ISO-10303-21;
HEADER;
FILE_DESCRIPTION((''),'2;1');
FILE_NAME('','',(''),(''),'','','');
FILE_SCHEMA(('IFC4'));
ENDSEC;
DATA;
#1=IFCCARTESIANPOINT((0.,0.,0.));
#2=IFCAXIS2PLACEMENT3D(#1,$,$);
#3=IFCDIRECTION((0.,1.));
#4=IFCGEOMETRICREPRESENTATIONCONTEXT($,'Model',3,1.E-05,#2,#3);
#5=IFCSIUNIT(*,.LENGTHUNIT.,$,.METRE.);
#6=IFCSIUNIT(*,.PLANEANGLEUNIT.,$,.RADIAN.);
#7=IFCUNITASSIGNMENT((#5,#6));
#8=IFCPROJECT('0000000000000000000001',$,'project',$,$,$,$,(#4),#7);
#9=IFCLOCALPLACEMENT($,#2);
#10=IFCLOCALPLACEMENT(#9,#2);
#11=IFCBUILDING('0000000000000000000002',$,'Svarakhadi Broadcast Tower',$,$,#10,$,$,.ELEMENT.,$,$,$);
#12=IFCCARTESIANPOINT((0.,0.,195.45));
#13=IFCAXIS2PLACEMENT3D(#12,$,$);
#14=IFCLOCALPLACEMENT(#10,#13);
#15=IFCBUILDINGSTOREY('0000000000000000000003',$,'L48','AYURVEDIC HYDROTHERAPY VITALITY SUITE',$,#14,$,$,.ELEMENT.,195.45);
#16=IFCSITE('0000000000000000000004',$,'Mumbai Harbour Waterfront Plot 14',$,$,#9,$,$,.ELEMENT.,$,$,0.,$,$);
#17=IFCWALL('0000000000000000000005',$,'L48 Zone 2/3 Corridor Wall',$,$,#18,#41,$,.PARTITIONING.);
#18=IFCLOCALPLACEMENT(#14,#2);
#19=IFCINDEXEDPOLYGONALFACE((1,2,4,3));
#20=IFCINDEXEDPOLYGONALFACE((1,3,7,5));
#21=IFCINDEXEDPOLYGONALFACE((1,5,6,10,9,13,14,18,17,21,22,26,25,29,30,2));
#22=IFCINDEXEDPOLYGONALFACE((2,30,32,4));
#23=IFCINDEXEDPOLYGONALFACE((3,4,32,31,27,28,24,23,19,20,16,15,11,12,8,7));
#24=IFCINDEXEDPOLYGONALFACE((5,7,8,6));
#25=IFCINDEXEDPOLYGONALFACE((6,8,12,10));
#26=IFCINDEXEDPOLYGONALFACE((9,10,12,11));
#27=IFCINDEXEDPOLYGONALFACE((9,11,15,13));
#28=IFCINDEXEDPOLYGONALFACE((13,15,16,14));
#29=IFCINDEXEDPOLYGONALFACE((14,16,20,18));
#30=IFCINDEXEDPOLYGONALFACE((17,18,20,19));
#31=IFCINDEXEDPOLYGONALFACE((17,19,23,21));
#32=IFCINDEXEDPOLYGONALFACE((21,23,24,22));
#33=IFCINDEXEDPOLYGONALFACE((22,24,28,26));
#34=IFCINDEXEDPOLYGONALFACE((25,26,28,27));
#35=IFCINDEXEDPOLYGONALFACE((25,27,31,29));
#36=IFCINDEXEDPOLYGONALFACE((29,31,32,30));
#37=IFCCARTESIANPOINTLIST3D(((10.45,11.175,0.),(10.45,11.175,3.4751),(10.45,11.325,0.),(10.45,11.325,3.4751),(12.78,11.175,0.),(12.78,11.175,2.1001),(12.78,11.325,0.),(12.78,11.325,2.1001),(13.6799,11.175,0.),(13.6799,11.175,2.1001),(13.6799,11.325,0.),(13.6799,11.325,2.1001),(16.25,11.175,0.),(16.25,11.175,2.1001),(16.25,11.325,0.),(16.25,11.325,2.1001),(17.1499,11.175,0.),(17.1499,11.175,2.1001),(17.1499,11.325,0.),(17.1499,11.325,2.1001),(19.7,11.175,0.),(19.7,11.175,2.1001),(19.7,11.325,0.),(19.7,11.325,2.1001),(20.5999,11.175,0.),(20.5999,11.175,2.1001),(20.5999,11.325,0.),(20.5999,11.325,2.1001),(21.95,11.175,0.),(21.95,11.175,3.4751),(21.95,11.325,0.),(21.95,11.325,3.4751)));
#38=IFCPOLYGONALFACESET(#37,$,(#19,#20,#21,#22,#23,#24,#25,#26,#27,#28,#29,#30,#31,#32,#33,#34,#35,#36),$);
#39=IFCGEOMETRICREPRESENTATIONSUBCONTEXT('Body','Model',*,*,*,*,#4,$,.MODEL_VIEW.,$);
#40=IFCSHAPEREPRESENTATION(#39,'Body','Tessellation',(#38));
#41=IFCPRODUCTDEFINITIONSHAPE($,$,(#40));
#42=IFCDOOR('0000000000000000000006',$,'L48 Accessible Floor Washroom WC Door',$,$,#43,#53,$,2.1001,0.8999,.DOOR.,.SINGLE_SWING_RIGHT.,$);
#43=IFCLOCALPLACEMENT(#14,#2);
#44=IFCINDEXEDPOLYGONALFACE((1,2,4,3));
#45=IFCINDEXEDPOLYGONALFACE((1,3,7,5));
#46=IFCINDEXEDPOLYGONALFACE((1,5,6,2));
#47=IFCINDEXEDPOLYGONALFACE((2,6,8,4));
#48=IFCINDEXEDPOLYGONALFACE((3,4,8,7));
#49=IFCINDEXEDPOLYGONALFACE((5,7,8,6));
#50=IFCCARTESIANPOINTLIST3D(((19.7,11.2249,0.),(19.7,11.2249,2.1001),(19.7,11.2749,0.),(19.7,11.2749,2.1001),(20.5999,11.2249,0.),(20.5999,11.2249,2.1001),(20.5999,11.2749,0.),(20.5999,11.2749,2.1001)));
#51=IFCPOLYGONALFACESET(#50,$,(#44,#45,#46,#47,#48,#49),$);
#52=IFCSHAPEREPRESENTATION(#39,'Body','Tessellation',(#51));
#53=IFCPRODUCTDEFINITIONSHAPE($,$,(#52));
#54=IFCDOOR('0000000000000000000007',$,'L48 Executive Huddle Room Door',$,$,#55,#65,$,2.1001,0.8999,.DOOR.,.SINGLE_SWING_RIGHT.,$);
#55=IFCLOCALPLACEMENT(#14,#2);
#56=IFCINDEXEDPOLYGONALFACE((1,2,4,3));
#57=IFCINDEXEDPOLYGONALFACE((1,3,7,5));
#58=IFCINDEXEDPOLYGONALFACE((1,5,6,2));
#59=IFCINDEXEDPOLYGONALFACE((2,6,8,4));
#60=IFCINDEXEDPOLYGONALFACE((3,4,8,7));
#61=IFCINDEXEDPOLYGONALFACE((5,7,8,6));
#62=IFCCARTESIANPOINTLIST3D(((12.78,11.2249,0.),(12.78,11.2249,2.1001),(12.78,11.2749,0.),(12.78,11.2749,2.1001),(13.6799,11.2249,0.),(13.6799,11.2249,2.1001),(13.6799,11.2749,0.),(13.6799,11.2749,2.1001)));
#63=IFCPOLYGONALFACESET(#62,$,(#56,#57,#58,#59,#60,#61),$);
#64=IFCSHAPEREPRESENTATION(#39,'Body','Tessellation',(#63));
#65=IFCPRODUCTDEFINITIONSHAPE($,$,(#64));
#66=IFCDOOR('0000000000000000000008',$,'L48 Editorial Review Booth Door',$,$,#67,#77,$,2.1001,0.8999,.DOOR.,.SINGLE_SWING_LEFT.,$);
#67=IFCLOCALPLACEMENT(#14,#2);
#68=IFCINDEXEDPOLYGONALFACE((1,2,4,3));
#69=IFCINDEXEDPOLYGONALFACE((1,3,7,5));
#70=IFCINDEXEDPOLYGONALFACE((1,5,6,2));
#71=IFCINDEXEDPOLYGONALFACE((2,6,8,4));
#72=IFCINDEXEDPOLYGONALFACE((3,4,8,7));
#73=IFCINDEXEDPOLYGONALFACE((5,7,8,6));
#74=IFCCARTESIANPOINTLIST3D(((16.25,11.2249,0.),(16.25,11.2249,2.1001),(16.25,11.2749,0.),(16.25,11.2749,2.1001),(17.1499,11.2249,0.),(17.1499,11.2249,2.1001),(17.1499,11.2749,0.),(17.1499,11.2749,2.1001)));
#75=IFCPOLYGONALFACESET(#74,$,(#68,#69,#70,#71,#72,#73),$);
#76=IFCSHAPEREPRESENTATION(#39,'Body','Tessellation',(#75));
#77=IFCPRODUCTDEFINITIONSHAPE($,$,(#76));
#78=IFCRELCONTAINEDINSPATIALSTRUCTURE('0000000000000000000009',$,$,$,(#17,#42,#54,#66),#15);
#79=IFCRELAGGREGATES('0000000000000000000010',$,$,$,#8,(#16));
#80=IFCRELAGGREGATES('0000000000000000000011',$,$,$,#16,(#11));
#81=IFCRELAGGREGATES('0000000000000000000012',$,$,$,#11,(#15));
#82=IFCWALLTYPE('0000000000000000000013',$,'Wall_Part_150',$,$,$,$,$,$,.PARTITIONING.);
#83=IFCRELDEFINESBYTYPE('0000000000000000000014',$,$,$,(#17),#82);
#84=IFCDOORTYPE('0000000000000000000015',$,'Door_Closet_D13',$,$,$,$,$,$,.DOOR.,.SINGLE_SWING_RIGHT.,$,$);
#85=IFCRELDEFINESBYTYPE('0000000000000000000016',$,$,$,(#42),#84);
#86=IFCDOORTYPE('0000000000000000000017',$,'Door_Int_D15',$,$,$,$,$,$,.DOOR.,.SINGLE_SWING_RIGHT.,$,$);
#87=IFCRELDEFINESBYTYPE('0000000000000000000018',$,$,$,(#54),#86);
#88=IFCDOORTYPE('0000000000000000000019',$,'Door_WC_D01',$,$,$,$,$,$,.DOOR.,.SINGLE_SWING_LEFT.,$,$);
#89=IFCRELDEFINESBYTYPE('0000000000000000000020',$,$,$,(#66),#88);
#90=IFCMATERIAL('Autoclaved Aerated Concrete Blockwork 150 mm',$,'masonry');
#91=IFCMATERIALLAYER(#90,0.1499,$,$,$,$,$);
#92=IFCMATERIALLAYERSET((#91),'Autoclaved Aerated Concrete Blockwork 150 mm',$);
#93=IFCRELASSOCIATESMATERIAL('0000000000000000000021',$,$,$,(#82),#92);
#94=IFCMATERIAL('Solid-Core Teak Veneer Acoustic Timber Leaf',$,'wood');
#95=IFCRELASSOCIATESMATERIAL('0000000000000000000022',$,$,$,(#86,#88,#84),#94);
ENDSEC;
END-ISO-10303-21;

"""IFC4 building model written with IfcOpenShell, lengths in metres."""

from ifc_helpers import new_model, si_unit, direction, frame, frame_2d, origin, place, context, subcontext, project, spatial, rectangle, extrude, material, layer, layer_set, type_object, element, fill, save


model = new_model("IFC4")

# Units and contexts
model_context = context("Model", 3, precision=1e-05, world=origin(), true_north=direction((0.0, 1.0)))
body_context = subcontext(model_context, "Body", "Model", "MODEL_VIEW")
ifc_project = project(units=[si_unit("LENGTHUNIT", "METRE"), si_unit("PLANEANGLEUNIT", "RADIAN")], contexts=[model_context])

# Site, building, storey
site_placement = place(None, origin())
site = spatial("IfcSite", under=ifc_project, at=site_placement, Name="Mumbai Harbour Waterfront Plot 14", CompositionType="ELEMENT", RefElevation=0.0)
building_placement = place(site_placement, origin())
building = spatial("IfcBuilding", under=site, at=building_placement, Name="Svarakhadi Broadcast Tower", CompositionType="ELEMENT")
storey_placement = place(building_placement, frame((0.0, 0.0, 195.45)))
storey = spatial("IfcBuildingStorey", under=building, at=storey_placement, Name="L48", Description="AYURVEDIC HYDROTHERAPY VITALITY SUITE", CompositionType="ELEMENT", Elevation=195.45)

# Shared definitions
ifc_material_1 = material(Name="Autoclaved Aerated Concrete Blockwork 150 mm", Category="masonry")
ifc_layer_1 = layer(ifc_material_1, 0.1499)
ifc_layer_set_1 = layer_set([ifc_layer_1], Name="Autoclaved Aerated Concrete Blockwork 150 mm")
wall_type_1 = type_object("IfcWallType", Name="Wall_Part_150", PredefinedType="PARTITIONING", material=ifc_layer_set_1)

# Shared definitions
ifc_material_2 = material(Name="Solid-Core Teak Veneer Acoustic Timber Leaf", Category="wood")
door_type_1 = type_object("IfcDoorType", Name="Door_Int_D15", OperationType="SINGLE_SWING_RIGHT", PredefinedType="DOOR", material=ifc_material_2)
door_type_2 = type_object("IfcDoorType", Name="Door_WC_D01", OperationType="SINGLE_SWING_LEFT", PredefinedType="DOOR", material=ifc_material_2)

# Wall, openings, doors
wall_1_placement = place(storey_placement, frame((10.45, 11.25, 0.0), z_axis=(0.0, 0.0, 1.0), x_axis=(1.0, 0.0, 0.0)))
wall_1 = element("IfcWall", 1, at=wall_1_placement, inside=storey, type_object=wall_type_1, Name="L48 Zone 2/3 Corridor Wall", PredefinedType="PARTITIONING", context=body_context, shape_type="SweptSolid", body=[
    extrude(rectangle(XDim=11.5, YDim=0.1499, at=frame_2d((5.75, 0.0))), origin(), (0.0, 0.0, 1.0), 3.4751),
])
opening_1_placement = place(wall_1_placement, frame((2.3301, 0.0, 0.0)))
opening_1 = element("IfcOpeningElement", 2, at=opening_1_placement, cuts=wall_1, PredefinedType="OPENING", context=body_context, shape_type="SweptSolid", body=[
    extrude(rectangle(XDim=0.8999, YDim=2.1001, at=frame_2d((0.45, 1.05))), frame((0.0, 0.085, 0.0), z_axis=(0.0, -1.0, 0.0), x_axis=(1.0, 0.0, 0.0)), (0.0, 0.0, 1.0), 0.1699),
])
opening_2_placement = place(wall_1_placement, frame((5.8, 0.0, 0.0)))
opening_2 = element("IfcOpeningElement", 3, at=opening_2_placement, cuts=wall_1, PredefinedType="OPENING", context=body_context, shape_type="SweptSolid", body=[
    extrude(rectangle(XDim=0.8999, YDim=2.1001, at=frame_2d((0.45, 1.05))), frame((0.0, 0.085, 0.0), z_axis=(0.0, -1.0, 0.0), x_axis=(1.0, 0.0, 0.0)), (0.0, 0.0, 1.0), 0.1699),
])
opening_3_placement = place(wall_1_placement, frame((9.25, 0.0, 0.0)))
opening_3 = element("IfcOpeningElement", 4, at=opening_3_placement, cuts=wall_1, PredefinedType="OPENING", context=body_context, shape_type="SweptSolid", body=[
    extrude(rectangle(XDim=0.8999, YDim=2.1001, at=frame_2d((0.45, 1.05))), frame((0.0, 0.085, 0.0), z_axis=(0.0, -1.0, 0.0), x_axis=(1.0, 0.0, 0.0)), (0.0, 0.0, 1.0), 0.1699),
])
door_type_3 = type_object("IfcDoorType", Name="Door_Closet_D13", OperationType="SINGLE_SWING_RIGHT", PredefinedType="DOOR", material=ifc_material_2)
door_1_placement = place(opening_3_placement, origin())
door_1 = element("IfcDoor", 5, at=door_1_placement, inside=storey, type_object=door_type_3, Name="L48 Accessible Floor Washroom WC Door", OperationType="SINGLE_SWING_RIGHT", OverallHeight=2.1001, OverallWidth=0.8999, PredefinedType="DOOR", context=body_context, shape_type="SweptSolid", body=[
    extrude(rectangle(XDim=0.8999, YDim=2.1001, at=frame_2d((0.45, 1.05))), frame((0.0, 0.0249, 0.0), z_axis=(0.0, -1.0, 0.0), x_axis=(1.0, 0.0, 0.0)), (0.0, 0.0, 1.0), 0.05),
])
fill(opening_3, door_1)
door_2_placement = place(opening_1_placement, origin())
door_2 = element("IfcDoor", 6, at=door_2_placement, inside=storey, type_object=door_type_1, Name="L48 Executive Huddle Room Door", OperationType="SINGLE_SWING_RIGHT", OverallHeight=2.1001, OverallWidth=0.8999, PredefinedType="DOOR", context=body_context, shape_type="SweptSolid", body=[
    extrude(rectangle(XDim=0.8999, YDim=2.1001, at=frame_2d((0.45, 1.05))), frame((0.0, 0.0249, 0.0), z_axis=(0.0, -1.0, 0.0), x_axis=(1.0, 0.0, 0.0)), (0.0, 0.0, 1.0), 0.05),
])
fill(opening_1, door_2)
door_3_placement = place(opening_2_placement, origin())
door_3 = element("IfcDoor", 7, at=door_3_placement, inside=storey, type_object=door_type_2, Name="L48 Editorial Review Booth Door", OperationType="SINGLE_SWING_LEFT", OverallHeight=2.1001, OverallWidth=0.8999, PredefinedType="DOOR", context=body_context, shape_type="SweptSolid", body=[
    extrude(rectangle(XDim=0.8999, YDim=2.1001, at=frame_2d((0.45, 1.05))), frame((0.0, 0.0249, 0.0), z_axis=(0.0, -1.0, 0.0), x_axis=(1.0, 0.0, 0.0)), (0.0, 0.0, 1.0), 0.05),
])
fill(opening_2, door_3)

save(model, "model.ifc")
